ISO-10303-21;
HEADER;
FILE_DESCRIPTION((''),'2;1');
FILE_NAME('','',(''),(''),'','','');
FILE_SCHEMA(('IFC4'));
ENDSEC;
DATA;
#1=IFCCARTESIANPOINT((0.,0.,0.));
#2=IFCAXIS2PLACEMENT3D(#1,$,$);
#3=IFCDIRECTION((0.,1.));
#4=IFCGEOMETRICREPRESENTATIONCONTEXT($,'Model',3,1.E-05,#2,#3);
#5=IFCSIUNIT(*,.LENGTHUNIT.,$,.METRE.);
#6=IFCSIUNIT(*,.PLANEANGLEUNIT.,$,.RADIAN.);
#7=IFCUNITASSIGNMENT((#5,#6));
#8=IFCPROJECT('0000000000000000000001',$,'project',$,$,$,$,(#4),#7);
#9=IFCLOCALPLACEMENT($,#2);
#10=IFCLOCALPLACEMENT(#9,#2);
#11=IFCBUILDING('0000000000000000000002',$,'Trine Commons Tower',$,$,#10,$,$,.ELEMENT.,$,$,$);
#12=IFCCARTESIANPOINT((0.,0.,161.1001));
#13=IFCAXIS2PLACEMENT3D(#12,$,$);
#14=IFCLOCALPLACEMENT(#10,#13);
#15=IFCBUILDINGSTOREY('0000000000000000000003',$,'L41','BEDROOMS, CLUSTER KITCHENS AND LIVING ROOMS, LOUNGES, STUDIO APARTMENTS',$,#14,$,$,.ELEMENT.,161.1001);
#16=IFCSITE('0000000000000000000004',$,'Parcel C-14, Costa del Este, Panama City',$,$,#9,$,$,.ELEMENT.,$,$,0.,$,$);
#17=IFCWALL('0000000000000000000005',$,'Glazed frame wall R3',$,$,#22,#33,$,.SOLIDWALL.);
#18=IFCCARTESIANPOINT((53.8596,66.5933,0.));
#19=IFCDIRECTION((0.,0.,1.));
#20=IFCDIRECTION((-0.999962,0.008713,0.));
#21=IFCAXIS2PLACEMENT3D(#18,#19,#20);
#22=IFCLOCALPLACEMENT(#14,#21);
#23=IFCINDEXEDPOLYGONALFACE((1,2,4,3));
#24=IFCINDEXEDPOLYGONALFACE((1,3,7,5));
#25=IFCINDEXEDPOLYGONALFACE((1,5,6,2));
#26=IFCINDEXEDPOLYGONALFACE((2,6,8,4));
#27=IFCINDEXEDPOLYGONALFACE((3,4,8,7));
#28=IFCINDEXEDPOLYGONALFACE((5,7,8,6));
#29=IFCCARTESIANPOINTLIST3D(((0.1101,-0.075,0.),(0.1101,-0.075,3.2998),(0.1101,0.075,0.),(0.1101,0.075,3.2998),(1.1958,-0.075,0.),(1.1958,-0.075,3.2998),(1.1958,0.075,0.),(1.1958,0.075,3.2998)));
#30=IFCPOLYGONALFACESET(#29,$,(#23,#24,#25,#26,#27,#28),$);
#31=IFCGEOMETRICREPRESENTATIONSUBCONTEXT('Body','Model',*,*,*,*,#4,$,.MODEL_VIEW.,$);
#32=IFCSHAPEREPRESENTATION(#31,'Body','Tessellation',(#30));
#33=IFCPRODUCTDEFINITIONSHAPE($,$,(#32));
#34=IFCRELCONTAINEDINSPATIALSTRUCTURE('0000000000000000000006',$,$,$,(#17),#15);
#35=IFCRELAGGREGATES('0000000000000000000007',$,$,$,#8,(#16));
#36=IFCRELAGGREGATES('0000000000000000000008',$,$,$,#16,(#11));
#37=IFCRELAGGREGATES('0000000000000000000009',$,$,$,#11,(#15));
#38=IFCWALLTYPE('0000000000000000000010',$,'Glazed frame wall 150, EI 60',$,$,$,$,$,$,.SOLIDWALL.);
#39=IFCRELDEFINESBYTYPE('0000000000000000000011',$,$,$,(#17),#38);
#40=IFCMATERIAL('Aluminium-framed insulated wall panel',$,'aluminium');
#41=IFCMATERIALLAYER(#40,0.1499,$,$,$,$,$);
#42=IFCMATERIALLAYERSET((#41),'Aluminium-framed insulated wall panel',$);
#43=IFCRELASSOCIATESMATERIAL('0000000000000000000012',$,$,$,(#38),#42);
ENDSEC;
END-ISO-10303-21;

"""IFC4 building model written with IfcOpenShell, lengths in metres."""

from ifc_helpers import new_model, si_unit, direction, frame, origin, place, context, subcontext, project, spatial, polyline, outline, extrude, material, layer, layer_set, type_object, element, save


model = new_model("IFC4")

# Units and contexts
model_context = context("Model", 3, precision=1e-05, world=origin(), true_north=direction((0.0, 1.0)))
body_context = subcontext(model_context, "Body", "Model", "MODEL_VIEW")
ifc_project = project(units=[si_unit("LENGTHUNIT", "METRE"), si_unit("PLANEANGLEUNIT", "RADIAN")], contexts=[model_context])

# Site, building, storey
site_placement = place(None, origin())
site = spatial("IfcSite", under=ifc_project, at=site_placement, Name="Parcel C-14, Costa del Este, Panama City", CompositionType="ELEMENT", RefElevation=0.0)
building_placement = place(site_placement, origin())
building = spatial("IfcBuilding", under=site, at=building_placement, Name="Trine Commons Tower", CompositionType="ELEMENT")
storey_placement = place(building_placement, frame((0.0, 0.0, 161.1001)))
storey = spatial("IfcBuildingStorey", under=building, at=storey_placement, Name="L41", Description="BEDROOMS, CLUSTER KITCHENS AND LIVING ROOMS, LOUNGES, STUDIO APARTMENTS", CompositionType="ELEMENT", Elevation=161.1001)

# Shared definitions
ifc_material_1 = material(Name="Aluminium-framed insulated wall panel", Category="aluminium")
ifc_layer_1 = layer(ifc_material_1, 0.1499)
ifc_layer_set_1 = layer_set([ifc_layer_1], Name="Aluminium-framed insulated wall panel")
wall_type_1 = type_object("IfcWallType", Name="Glazed frame wall 150, EI 60", PredefinedType="SOLIDWALL", material=ifc_layer_set_1)

# Wall
wall_1_placement = place(storey_placement, frame((53.8596, 66.5933, 0.0), z_axis=(0.0, 0.0, 1.0), x_axis=(-0.999962, 0.008713, 0.0)))
element("IfcWall", 1, at=wall_1_placement, inside=storey, type_object=wall_type_1, Name="Glazed frame wall R3", PredefinedType="SOLIDWALL", context=body_context, shape_type="SweptSolid", body=[
    extrude(outline(polyline([(0.1101, 0.075), (0.1101, -0.075), (1.1958, -0.075), (1.1958, 0.075), (0.1101, 0.075)])), origin(), (0.0, 0.0, 1.0), 3.2998),
])

save(model, "model.ifc")
